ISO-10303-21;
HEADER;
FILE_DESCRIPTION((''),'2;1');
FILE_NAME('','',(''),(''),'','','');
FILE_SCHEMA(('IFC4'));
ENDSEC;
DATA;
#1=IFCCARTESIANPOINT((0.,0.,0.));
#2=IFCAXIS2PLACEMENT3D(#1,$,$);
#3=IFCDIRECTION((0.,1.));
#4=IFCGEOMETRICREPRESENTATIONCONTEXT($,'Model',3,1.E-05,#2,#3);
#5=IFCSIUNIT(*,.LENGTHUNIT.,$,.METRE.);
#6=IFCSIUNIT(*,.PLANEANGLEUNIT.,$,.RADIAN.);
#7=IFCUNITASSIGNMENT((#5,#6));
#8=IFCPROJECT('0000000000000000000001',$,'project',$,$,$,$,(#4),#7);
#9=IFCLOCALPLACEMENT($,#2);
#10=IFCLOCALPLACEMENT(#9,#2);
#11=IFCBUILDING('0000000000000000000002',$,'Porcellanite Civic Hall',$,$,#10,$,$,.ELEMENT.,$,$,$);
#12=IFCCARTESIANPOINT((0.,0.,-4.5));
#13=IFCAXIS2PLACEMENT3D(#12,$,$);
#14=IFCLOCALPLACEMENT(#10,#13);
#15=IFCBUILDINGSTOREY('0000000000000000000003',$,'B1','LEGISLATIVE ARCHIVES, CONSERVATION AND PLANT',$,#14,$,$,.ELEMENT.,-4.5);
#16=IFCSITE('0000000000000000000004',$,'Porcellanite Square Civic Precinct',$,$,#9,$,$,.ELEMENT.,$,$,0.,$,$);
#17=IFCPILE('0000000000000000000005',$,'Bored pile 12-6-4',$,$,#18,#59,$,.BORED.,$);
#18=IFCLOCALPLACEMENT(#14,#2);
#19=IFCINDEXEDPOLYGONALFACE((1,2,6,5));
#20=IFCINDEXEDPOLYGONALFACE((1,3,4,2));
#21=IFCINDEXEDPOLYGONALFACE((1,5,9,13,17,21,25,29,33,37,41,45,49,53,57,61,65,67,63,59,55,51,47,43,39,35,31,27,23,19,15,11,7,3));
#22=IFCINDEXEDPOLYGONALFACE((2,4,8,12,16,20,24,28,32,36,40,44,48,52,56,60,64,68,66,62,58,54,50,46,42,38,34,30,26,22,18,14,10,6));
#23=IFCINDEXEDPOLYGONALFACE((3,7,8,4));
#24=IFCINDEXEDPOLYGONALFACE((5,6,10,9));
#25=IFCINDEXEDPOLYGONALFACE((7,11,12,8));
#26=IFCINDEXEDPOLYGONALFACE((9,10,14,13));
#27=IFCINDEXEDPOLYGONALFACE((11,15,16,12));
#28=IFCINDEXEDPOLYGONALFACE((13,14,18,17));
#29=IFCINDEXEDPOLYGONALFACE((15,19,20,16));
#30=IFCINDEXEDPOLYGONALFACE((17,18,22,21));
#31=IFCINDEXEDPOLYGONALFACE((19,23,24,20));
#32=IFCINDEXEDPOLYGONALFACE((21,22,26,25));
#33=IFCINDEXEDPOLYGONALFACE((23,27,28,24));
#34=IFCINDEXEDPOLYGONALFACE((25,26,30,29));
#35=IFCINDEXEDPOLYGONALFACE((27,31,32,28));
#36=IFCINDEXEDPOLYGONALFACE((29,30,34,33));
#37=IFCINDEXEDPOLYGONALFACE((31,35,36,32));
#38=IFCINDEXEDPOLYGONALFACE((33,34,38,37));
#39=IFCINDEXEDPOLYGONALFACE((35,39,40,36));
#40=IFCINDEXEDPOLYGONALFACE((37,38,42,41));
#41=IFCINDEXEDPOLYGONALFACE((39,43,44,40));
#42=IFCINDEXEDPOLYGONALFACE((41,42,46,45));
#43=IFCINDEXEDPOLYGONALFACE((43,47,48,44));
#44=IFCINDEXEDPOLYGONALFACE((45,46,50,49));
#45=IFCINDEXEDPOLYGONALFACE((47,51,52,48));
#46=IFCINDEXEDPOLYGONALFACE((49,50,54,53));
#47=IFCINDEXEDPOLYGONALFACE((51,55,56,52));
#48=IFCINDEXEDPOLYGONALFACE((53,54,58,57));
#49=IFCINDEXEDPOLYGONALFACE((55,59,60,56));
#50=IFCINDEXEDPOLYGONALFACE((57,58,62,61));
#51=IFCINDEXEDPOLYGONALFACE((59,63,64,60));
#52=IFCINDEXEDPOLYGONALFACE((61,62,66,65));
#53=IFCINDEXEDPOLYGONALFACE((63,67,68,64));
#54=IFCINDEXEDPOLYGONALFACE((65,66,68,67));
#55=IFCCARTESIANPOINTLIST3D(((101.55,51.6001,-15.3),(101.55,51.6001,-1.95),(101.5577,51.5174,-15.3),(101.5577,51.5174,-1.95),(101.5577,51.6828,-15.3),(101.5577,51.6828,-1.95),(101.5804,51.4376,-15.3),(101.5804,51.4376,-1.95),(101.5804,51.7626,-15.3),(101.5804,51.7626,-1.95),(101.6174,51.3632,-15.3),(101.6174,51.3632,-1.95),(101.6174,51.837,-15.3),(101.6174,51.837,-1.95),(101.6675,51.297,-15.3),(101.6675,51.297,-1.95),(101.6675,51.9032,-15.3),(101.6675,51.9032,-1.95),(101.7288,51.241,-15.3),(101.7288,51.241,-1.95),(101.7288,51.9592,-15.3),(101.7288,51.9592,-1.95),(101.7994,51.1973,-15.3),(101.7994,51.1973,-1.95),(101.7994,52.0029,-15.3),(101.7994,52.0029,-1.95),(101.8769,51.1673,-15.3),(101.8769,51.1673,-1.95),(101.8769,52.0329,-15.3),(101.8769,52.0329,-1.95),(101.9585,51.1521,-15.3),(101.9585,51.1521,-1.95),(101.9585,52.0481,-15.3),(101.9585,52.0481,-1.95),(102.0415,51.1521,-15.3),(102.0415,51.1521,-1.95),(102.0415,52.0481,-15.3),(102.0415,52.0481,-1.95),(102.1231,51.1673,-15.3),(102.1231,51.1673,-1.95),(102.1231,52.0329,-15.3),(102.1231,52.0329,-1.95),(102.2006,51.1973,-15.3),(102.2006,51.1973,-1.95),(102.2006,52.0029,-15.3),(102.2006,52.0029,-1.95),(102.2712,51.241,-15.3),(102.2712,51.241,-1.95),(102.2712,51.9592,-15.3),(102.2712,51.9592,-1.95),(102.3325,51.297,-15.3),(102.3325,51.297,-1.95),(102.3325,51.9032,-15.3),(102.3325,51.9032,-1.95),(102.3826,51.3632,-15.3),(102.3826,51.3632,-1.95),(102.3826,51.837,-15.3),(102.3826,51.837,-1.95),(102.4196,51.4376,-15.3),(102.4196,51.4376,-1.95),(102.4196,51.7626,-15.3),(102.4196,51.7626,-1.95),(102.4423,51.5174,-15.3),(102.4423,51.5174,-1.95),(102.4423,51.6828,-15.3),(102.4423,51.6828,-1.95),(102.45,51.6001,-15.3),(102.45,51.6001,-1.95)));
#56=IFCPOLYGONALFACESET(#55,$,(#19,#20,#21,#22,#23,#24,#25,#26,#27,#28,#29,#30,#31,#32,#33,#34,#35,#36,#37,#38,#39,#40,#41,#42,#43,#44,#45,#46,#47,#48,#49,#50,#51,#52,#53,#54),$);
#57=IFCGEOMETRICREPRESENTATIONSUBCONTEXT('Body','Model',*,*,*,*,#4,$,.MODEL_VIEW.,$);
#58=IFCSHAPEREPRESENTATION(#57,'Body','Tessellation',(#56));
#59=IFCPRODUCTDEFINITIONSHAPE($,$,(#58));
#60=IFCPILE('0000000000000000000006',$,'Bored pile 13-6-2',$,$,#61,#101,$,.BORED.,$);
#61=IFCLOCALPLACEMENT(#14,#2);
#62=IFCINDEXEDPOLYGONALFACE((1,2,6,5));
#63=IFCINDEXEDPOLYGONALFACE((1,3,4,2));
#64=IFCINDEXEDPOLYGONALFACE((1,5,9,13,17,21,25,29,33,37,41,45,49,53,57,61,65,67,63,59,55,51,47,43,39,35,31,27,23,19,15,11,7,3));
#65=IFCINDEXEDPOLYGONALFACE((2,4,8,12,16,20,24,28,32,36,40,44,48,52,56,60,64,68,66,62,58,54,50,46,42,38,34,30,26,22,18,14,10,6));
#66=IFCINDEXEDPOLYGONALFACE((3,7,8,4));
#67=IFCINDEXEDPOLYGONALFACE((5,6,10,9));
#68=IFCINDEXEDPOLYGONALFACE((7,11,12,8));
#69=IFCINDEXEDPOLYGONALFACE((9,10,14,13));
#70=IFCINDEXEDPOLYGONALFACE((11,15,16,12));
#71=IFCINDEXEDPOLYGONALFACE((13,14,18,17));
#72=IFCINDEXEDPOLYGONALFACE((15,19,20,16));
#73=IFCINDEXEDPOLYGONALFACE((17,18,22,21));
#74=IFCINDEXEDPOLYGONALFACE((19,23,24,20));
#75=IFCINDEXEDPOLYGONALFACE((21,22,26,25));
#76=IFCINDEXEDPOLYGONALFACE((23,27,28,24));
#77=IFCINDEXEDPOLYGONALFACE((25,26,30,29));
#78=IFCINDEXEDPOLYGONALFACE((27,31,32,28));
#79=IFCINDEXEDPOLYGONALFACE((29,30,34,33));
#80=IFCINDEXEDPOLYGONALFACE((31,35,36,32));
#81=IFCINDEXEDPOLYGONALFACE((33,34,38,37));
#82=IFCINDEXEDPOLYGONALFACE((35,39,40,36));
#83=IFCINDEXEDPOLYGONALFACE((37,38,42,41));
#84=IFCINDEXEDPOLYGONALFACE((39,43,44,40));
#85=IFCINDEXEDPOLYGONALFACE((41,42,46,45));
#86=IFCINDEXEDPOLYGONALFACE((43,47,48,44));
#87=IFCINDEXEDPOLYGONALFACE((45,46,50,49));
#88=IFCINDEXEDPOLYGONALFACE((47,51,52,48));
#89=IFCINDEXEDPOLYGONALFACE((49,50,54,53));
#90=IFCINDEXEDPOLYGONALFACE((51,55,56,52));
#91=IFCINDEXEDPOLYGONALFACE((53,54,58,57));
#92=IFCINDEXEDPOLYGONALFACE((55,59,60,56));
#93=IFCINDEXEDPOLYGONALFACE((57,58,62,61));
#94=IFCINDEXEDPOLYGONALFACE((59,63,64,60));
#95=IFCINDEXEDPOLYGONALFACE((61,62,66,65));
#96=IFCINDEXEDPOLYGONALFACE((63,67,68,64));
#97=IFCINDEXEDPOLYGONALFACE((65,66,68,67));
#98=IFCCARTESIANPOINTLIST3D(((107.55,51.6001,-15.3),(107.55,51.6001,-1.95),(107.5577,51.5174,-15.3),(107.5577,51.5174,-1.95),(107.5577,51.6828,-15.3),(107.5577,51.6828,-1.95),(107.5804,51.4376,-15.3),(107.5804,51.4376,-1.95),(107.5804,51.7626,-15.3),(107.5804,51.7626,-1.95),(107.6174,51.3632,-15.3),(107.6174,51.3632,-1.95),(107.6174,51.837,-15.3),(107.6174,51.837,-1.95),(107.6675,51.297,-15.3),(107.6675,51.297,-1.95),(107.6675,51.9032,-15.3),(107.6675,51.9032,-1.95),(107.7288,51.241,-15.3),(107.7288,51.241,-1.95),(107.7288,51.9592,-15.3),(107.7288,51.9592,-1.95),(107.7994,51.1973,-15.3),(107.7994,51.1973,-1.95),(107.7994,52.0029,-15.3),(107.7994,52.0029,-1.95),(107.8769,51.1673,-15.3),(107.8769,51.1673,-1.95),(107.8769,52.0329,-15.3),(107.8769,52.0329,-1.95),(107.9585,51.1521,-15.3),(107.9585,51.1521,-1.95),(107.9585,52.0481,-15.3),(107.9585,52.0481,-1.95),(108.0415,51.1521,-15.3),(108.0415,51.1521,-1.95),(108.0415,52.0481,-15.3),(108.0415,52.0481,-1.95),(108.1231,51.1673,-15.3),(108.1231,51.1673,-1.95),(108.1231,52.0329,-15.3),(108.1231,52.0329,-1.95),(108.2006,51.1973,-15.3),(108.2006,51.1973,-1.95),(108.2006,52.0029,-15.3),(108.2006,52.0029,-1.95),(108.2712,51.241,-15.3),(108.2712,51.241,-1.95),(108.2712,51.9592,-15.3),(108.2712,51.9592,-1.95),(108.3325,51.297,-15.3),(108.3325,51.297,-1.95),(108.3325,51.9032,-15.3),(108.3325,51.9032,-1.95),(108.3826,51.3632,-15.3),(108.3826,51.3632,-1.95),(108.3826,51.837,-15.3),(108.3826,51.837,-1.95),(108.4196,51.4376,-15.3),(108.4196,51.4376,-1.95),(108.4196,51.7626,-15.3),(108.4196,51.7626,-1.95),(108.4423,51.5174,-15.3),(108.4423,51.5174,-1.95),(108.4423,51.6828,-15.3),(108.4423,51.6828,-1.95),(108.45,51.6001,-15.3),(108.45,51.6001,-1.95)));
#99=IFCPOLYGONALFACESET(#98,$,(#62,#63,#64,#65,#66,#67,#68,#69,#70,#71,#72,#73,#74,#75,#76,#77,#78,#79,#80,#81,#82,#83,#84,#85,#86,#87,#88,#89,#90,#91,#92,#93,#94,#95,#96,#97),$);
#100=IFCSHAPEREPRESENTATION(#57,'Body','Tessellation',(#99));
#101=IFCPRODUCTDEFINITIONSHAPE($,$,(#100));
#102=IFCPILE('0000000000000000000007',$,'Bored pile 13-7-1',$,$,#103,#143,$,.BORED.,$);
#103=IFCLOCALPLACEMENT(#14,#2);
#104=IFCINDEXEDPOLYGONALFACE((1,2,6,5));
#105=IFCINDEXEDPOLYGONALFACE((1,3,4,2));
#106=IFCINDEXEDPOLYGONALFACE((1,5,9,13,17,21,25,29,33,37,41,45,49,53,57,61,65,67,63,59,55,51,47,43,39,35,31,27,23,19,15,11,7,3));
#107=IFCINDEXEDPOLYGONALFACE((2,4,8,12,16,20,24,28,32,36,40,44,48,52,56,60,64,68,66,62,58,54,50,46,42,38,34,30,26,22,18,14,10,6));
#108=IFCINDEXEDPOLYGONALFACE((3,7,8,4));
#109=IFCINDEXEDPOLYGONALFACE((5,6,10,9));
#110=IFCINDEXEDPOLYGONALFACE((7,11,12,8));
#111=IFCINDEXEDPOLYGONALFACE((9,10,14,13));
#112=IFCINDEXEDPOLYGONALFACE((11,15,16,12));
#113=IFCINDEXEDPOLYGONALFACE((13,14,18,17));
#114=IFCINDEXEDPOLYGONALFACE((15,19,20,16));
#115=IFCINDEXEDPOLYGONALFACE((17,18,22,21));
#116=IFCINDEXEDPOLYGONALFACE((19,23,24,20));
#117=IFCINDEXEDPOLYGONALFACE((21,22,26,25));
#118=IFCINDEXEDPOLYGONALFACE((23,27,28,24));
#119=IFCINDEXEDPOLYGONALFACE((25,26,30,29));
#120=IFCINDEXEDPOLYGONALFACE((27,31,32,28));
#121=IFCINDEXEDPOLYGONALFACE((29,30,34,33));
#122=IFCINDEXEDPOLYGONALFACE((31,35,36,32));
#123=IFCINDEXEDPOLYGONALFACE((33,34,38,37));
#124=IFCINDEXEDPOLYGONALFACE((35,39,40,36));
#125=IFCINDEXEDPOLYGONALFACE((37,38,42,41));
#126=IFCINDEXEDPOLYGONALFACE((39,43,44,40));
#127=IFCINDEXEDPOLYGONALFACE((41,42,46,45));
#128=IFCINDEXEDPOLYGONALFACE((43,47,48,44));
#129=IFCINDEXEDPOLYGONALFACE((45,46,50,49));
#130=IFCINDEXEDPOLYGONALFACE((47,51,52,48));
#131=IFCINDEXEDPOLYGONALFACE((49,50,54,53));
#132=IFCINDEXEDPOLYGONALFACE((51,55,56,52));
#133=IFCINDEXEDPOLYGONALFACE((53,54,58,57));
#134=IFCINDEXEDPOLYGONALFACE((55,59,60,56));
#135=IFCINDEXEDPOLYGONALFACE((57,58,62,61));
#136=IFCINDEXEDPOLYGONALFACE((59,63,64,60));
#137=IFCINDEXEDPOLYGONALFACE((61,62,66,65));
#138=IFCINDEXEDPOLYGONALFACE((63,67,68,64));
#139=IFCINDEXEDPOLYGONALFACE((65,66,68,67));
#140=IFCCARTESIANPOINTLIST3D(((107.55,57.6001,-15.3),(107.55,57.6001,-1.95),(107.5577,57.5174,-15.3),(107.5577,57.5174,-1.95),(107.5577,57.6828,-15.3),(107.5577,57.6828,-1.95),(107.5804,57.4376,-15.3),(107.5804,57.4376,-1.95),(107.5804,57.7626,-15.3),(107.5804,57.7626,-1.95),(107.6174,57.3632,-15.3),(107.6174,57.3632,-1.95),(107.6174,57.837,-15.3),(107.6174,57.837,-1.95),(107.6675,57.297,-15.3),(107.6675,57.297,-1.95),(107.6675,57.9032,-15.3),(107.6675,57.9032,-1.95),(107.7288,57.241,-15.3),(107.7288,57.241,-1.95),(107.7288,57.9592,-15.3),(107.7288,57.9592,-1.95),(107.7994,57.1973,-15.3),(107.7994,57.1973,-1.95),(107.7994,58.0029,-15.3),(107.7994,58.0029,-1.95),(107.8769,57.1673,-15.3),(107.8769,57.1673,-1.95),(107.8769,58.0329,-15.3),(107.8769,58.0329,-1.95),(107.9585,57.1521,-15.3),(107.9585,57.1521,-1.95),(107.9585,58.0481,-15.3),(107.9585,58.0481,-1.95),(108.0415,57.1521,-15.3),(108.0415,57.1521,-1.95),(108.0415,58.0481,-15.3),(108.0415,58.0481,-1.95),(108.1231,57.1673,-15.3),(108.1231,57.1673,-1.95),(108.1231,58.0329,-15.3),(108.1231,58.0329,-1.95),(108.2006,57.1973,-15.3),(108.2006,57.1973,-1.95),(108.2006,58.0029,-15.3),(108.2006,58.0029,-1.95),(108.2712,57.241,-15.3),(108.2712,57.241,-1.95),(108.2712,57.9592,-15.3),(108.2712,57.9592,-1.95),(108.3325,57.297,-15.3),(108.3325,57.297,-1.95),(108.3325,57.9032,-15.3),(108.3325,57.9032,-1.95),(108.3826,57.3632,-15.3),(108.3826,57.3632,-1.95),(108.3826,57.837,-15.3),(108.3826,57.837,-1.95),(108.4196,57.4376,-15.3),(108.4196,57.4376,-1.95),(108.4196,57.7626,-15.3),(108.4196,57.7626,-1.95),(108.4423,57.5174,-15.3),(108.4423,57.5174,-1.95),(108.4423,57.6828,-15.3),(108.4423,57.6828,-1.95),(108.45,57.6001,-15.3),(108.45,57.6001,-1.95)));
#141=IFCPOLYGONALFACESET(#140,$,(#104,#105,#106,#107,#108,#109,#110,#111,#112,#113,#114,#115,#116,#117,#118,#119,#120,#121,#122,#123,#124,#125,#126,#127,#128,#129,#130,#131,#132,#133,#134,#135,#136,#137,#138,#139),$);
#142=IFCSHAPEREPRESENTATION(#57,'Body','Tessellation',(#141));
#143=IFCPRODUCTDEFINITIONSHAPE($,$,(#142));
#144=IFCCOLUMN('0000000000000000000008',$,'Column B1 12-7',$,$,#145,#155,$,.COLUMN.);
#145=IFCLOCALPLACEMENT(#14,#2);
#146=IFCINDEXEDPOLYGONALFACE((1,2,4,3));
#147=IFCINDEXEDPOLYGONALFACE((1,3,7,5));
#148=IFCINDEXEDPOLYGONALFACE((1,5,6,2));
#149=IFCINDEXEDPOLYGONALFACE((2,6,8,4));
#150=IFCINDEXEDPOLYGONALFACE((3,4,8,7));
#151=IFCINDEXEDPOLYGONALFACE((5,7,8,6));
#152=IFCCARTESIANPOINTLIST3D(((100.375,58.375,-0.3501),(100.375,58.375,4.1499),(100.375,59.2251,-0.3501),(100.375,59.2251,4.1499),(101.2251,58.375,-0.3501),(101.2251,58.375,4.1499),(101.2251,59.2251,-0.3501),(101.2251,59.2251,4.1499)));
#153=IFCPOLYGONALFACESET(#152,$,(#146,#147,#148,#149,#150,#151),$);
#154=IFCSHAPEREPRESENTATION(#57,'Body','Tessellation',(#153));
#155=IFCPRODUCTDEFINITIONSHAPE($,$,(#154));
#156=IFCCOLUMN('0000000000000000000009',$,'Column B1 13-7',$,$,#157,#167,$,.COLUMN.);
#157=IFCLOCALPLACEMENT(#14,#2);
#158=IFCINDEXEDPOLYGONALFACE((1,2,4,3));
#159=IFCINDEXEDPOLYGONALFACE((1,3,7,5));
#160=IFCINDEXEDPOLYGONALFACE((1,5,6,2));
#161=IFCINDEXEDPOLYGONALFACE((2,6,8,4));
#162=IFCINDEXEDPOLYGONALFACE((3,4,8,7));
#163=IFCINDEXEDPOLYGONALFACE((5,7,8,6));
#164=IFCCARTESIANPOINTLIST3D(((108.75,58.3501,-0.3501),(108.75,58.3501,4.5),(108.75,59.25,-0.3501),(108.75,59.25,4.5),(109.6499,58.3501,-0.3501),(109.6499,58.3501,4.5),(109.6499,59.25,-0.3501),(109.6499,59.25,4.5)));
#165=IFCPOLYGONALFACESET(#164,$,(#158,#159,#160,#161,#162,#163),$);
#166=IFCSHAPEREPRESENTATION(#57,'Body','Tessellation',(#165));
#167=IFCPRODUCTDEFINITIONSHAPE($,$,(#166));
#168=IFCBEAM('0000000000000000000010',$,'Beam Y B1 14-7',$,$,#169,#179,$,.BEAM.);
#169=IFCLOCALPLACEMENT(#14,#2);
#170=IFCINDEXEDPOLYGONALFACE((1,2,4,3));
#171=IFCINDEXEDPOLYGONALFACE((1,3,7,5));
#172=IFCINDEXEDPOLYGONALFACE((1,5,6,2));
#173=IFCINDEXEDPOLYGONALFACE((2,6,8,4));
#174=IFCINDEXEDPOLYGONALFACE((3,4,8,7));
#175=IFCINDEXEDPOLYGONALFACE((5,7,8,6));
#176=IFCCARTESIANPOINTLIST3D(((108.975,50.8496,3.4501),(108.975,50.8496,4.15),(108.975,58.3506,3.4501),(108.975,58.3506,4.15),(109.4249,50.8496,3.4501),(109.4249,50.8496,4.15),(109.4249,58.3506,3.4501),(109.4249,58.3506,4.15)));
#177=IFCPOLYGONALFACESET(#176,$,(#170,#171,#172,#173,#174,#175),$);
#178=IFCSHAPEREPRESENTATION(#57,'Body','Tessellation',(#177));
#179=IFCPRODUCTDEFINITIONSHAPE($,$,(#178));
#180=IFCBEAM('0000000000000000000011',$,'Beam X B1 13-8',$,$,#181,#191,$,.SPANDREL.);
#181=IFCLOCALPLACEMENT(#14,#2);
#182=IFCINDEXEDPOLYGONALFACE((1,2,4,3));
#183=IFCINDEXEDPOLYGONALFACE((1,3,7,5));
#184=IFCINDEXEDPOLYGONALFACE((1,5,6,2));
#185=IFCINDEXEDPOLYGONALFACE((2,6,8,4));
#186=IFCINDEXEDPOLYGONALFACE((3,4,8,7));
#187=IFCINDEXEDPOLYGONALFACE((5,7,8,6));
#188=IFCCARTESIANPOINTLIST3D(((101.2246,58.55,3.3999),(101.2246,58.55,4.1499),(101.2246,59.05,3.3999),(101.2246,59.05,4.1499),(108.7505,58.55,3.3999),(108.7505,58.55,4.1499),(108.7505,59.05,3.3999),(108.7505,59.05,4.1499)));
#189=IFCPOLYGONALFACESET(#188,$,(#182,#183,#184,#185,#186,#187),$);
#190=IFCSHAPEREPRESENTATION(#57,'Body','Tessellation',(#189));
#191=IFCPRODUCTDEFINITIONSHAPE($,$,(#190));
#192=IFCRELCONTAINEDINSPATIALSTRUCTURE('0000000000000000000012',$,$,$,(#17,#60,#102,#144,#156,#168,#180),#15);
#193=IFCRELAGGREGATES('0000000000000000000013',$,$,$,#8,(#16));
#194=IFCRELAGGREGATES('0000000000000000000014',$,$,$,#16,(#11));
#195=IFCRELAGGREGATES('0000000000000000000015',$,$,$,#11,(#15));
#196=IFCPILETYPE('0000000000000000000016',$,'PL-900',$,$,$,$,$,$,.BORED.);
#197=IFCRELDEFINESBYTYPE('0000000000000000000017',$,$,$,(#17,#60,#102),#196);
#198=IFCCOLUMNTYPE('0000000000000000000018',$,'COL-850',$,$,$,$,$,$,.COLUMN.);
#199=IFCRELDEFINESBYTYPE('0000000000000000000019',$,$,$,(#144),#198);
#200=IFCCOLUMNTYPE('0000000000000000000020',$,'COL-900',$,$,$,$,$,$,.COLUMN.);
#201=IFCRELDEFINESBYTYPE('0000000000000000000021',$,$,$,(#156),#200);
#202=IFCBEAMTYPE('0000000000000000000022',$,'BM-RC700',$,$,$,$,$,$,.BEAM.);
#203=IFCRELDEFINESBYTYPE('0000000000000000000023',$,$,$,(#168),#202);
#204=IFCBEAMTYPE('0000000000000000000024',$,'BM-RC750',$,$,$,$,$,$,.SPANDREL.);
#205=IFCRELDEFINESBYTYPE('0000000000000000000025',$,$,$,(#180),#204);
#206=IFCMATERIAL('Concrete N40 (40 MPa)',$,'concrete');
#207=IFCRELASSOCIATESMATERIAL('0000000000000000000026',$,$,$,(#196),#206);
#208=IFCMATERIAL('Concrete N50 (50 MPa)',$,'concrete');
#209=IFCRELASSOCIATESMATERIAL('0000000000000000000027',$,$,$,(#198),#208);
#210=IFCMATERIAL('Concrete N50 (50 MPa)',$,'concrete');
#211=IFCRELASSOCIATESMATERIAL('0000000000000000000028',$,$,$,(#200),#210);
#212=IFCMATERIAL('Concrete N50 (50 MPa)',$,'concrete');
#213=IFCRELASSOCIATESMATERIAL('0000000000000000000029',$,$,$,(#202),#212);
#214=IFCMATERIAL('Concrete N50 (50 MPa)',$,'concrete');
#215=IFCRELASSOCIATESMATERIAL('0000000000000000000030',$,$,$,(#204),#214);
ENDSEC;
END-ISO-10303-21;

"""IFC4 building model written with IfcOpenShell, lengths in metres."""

from ifc_helpers import new_model, si_unit, direction, frame, origin, origin_2d, place, context, subcontext, project, spatial, rectangle, circle, extrude, material, material_profile, profile_set, type_object, element, save


model = new_model("IFC4")

# Units and contexts
model_context = context("Model", 3, precision=1e-05, world=origin(), true_north=direction((0.0, 1.0)))
body_context = subcontext(model_context, "Body", "Model", "MODEL_VIEW")
ifc_project = project(units=[si_unit("LENGTHUNIT", "METRE"), si_unit("PLANEANGLEUNIT", "RADIAN")], contexts=[model_context])

# Site, building, storey
site_placement = place(None, origin())
site = spatial("IfcSite", under=ifc_project, at=site_placement, Name="Porcellanite Square Civic Precinct", CompositionType="ELEMENT", RefElevation=0.0)
building_placement = place(site_placement, origin())
building = spatial("IfcBuilding", under=site, at=building_placement, Name="Porcellanite Civic Hall", CompositionType="ELEMENT")
storey_placement = place(building_placement, frame((0.0, 0.0, -4.5)))
storey = spatial("IfcBuildingStorey", under=building, at=storey_placement, Name="B1", Description="LEGISLATIVE ARCHIVES, CONSERVATION AND PLANT", CompositionType="ELEMENT", Elevation=-4.5)

# Piles
ifc_material_1 = material(Name="Concrete N40 (40 MPa)", Category="concrete")
ifc_material_profile_1 = material_profile(ifc_material_1, circle(Radius=0.45, at=origin_2d()), Name="PILE-D900")
ifc_profile_set_1 = profile_set([ifc_material_profile_1], Name="Concrete N40 (40 MPa)")
pile_type_1 = type_object("IfcPileType", Name="PL-900", PredefinedType="BORED", material=ifc_profile_set_1)
for number, where, z_axis, x_axis, name in (
    (1, (102.0, 51.6001, -1.95), (0.0, 0.0, -1.0), (1.0, 0.0, 0.0), "Bored pile 12-6-4"),
    (2, (108.0, 51.6001, -1.95), (0.0, 0.0, -1.0), (1.0, 0.0, 0.0), "Bored pile 13-6-2"),
    (3, (108.0, 57.6001, -1.95), (0.0, 0.0, -1.0), (1.0, 0.0, 0.0), "Bored pile 13-7-1"),
):
    element("IfcPile", number, at=place(storey_placement, frame(where, z_axis=z_axis, x_axis=x_axis)), inside=storey, type_object=pile_type_1, Name=name, PredefinedType="BORED", context=body_context, shape_type="SweptSolid", body=[
        extrude(circle(Radius=0.45, at=origin_2d()), origin(), (0.0, 0.0, 1.0), 13.3501),
    ])

# Columns
ifc_material_2 = material(Name="Concrete N50 (50 MPa)", Category="concrete")
ifc_material_profile_2 = material_profile(ifc_material_2, rectangle(XDim=0.8501, YDim=0.8501, at=origin_2d()), Name="RC-850x850")
ifc_profile_set_2 = profile_set([ifc_material_profile_2], Name="Concrete N50 (50 MPa)")
column_type_1 = type_object("IfcColumnType", Name="COL-850", PredefinedType="COLUMN", material=ifc_profile_set_2)
column_1_placement = place(storey_placement, frame((100.8, 58.8, -0.3501), z_axis=(0.0, 0.0, 1.0), x_axis=(1.0, 0.0, 0.0)))
element("IfcColumn", 4, at=column_1_placement, inside=storey, type_object=column_type_1, Name="Column B1 12-7", PredefinedType="COLUMN", context=body_context, shape_type="SweptSolid", body=[
    extrude(rectangle(XDim=0.8501, YDim=0.8501, at=origin_2d()), origin(), (0.0, 0.0, 1.0), 4.5),
])
ifc_material_3 = material(Name="Concrete N50 (50 MPa)", Category="concrete")
ifc_material_profile_3 = material_profile(ifc_material_3, rectangle(XDim=0.8999, YDim=0.8999, at=origin_2d()), Name="RC-900x900")
ifc_profile_set_3 = profile_set([ifc_material_profile_3], Name="Concrete N50 (50 MPa)")
column_type_2 = type_object("IfcColumnType", Name="COL-900", PredefinedType="COLUMN", material=ifc_profile_set_3)
column_2_placement = place(storey_placement, frame((109.2, 58.8, -0.3501), z_axis=(0.0, 0.0, 1.0), x_axis=(1.0, 0.0, 0.0)))
element("IfcColumn", 5, at=column_2_placement, inside=storey, type_object=column_type_2, Name="Column B1 13-7", PredefinedType="COLUMN", context=body_context, shape_type="SweptSolid", body=[
    extrude(rectangle(XDim=0.8999, YDim=0.8999, at=origin_2d()), origin(), (0.0, 0.0, 1.0), 4.8501),
])

# Beams
ifc_material_4 = material(Name="Concrete N50 (50 MPa)", Category="concrete")
ifc_material_profile_4 = material_profile(ifc_material_4, rectangle(XDim=0.45, YDim=0.7, at=origin_2d()), Name="RC-450x700")
ifc_profile_set_4 = profile_set([ifc_material_profile_4], Name="Concrete N50 (50 MPa)")
beam_type_1 = type_object("IfcBeamType", Name="BM-RC700", PredefinedType="BEAM", material=ifc_profile_set_4)
beam_1_placement = place(storey_placement, frame((109.2, 50.8496, 3.8), z_axis=(0.0, 1.0, 0.0), x_axis=(-1.0, 0.0, 0.0)))
element("IfcBeam", 6, at=beam_1_placement, inside=storey, type_object=beam_type_1, Name="Beam Y B1 14-7", PredefinedType="BEAM", context=body_context, shape_type="SweptSolid", body=[
    extrude(rectangle(XDim=0.45, YDim=0.7, at=origin_2d()), origin(), (0.0, 0.0, 1.0), 7.501),
])
ifc_material_5 = material(Name="Concrete N50 (50 MPa)", Category="concrete")
ifc_material_profile_5 = material_profile(ifc_material_5, rectangle(XDim=0.5, YDim=0.75, at=origin_2d()), Name="RC-500x750")
ifc_profile_set_5 = profile_set([ifc_material_profile_5], Name="Concrete N50 (50 MPa)")
beam_type_2 = type_object("IfcBeamType", Name="BM-RC750", PredefinedType="SPANDREL", material=ifc_profile_set_5)
beam_2_placement = place(storey_placement, frame((101.2246, 58.8, 3.7749), z_axis=(1.0, 0.0, 0.0), x_axis=(0.0, 1.0, 0.0)))
element("IfcBeam", 7, at=beam_2_placement, inside=storey, type_object=beam_type_2, Name="Beam X B1 13-8", PredefinedType="SPANDREL", context=body_context, shape_type="SweptSolid", body=[
    extrude(rectangle(XDim=0.5, YDim=0.75, at=origin_2d()), origin(), (0.0, 0.0, 1.0), 7.5259),
])

save(model, "model.ifc")
